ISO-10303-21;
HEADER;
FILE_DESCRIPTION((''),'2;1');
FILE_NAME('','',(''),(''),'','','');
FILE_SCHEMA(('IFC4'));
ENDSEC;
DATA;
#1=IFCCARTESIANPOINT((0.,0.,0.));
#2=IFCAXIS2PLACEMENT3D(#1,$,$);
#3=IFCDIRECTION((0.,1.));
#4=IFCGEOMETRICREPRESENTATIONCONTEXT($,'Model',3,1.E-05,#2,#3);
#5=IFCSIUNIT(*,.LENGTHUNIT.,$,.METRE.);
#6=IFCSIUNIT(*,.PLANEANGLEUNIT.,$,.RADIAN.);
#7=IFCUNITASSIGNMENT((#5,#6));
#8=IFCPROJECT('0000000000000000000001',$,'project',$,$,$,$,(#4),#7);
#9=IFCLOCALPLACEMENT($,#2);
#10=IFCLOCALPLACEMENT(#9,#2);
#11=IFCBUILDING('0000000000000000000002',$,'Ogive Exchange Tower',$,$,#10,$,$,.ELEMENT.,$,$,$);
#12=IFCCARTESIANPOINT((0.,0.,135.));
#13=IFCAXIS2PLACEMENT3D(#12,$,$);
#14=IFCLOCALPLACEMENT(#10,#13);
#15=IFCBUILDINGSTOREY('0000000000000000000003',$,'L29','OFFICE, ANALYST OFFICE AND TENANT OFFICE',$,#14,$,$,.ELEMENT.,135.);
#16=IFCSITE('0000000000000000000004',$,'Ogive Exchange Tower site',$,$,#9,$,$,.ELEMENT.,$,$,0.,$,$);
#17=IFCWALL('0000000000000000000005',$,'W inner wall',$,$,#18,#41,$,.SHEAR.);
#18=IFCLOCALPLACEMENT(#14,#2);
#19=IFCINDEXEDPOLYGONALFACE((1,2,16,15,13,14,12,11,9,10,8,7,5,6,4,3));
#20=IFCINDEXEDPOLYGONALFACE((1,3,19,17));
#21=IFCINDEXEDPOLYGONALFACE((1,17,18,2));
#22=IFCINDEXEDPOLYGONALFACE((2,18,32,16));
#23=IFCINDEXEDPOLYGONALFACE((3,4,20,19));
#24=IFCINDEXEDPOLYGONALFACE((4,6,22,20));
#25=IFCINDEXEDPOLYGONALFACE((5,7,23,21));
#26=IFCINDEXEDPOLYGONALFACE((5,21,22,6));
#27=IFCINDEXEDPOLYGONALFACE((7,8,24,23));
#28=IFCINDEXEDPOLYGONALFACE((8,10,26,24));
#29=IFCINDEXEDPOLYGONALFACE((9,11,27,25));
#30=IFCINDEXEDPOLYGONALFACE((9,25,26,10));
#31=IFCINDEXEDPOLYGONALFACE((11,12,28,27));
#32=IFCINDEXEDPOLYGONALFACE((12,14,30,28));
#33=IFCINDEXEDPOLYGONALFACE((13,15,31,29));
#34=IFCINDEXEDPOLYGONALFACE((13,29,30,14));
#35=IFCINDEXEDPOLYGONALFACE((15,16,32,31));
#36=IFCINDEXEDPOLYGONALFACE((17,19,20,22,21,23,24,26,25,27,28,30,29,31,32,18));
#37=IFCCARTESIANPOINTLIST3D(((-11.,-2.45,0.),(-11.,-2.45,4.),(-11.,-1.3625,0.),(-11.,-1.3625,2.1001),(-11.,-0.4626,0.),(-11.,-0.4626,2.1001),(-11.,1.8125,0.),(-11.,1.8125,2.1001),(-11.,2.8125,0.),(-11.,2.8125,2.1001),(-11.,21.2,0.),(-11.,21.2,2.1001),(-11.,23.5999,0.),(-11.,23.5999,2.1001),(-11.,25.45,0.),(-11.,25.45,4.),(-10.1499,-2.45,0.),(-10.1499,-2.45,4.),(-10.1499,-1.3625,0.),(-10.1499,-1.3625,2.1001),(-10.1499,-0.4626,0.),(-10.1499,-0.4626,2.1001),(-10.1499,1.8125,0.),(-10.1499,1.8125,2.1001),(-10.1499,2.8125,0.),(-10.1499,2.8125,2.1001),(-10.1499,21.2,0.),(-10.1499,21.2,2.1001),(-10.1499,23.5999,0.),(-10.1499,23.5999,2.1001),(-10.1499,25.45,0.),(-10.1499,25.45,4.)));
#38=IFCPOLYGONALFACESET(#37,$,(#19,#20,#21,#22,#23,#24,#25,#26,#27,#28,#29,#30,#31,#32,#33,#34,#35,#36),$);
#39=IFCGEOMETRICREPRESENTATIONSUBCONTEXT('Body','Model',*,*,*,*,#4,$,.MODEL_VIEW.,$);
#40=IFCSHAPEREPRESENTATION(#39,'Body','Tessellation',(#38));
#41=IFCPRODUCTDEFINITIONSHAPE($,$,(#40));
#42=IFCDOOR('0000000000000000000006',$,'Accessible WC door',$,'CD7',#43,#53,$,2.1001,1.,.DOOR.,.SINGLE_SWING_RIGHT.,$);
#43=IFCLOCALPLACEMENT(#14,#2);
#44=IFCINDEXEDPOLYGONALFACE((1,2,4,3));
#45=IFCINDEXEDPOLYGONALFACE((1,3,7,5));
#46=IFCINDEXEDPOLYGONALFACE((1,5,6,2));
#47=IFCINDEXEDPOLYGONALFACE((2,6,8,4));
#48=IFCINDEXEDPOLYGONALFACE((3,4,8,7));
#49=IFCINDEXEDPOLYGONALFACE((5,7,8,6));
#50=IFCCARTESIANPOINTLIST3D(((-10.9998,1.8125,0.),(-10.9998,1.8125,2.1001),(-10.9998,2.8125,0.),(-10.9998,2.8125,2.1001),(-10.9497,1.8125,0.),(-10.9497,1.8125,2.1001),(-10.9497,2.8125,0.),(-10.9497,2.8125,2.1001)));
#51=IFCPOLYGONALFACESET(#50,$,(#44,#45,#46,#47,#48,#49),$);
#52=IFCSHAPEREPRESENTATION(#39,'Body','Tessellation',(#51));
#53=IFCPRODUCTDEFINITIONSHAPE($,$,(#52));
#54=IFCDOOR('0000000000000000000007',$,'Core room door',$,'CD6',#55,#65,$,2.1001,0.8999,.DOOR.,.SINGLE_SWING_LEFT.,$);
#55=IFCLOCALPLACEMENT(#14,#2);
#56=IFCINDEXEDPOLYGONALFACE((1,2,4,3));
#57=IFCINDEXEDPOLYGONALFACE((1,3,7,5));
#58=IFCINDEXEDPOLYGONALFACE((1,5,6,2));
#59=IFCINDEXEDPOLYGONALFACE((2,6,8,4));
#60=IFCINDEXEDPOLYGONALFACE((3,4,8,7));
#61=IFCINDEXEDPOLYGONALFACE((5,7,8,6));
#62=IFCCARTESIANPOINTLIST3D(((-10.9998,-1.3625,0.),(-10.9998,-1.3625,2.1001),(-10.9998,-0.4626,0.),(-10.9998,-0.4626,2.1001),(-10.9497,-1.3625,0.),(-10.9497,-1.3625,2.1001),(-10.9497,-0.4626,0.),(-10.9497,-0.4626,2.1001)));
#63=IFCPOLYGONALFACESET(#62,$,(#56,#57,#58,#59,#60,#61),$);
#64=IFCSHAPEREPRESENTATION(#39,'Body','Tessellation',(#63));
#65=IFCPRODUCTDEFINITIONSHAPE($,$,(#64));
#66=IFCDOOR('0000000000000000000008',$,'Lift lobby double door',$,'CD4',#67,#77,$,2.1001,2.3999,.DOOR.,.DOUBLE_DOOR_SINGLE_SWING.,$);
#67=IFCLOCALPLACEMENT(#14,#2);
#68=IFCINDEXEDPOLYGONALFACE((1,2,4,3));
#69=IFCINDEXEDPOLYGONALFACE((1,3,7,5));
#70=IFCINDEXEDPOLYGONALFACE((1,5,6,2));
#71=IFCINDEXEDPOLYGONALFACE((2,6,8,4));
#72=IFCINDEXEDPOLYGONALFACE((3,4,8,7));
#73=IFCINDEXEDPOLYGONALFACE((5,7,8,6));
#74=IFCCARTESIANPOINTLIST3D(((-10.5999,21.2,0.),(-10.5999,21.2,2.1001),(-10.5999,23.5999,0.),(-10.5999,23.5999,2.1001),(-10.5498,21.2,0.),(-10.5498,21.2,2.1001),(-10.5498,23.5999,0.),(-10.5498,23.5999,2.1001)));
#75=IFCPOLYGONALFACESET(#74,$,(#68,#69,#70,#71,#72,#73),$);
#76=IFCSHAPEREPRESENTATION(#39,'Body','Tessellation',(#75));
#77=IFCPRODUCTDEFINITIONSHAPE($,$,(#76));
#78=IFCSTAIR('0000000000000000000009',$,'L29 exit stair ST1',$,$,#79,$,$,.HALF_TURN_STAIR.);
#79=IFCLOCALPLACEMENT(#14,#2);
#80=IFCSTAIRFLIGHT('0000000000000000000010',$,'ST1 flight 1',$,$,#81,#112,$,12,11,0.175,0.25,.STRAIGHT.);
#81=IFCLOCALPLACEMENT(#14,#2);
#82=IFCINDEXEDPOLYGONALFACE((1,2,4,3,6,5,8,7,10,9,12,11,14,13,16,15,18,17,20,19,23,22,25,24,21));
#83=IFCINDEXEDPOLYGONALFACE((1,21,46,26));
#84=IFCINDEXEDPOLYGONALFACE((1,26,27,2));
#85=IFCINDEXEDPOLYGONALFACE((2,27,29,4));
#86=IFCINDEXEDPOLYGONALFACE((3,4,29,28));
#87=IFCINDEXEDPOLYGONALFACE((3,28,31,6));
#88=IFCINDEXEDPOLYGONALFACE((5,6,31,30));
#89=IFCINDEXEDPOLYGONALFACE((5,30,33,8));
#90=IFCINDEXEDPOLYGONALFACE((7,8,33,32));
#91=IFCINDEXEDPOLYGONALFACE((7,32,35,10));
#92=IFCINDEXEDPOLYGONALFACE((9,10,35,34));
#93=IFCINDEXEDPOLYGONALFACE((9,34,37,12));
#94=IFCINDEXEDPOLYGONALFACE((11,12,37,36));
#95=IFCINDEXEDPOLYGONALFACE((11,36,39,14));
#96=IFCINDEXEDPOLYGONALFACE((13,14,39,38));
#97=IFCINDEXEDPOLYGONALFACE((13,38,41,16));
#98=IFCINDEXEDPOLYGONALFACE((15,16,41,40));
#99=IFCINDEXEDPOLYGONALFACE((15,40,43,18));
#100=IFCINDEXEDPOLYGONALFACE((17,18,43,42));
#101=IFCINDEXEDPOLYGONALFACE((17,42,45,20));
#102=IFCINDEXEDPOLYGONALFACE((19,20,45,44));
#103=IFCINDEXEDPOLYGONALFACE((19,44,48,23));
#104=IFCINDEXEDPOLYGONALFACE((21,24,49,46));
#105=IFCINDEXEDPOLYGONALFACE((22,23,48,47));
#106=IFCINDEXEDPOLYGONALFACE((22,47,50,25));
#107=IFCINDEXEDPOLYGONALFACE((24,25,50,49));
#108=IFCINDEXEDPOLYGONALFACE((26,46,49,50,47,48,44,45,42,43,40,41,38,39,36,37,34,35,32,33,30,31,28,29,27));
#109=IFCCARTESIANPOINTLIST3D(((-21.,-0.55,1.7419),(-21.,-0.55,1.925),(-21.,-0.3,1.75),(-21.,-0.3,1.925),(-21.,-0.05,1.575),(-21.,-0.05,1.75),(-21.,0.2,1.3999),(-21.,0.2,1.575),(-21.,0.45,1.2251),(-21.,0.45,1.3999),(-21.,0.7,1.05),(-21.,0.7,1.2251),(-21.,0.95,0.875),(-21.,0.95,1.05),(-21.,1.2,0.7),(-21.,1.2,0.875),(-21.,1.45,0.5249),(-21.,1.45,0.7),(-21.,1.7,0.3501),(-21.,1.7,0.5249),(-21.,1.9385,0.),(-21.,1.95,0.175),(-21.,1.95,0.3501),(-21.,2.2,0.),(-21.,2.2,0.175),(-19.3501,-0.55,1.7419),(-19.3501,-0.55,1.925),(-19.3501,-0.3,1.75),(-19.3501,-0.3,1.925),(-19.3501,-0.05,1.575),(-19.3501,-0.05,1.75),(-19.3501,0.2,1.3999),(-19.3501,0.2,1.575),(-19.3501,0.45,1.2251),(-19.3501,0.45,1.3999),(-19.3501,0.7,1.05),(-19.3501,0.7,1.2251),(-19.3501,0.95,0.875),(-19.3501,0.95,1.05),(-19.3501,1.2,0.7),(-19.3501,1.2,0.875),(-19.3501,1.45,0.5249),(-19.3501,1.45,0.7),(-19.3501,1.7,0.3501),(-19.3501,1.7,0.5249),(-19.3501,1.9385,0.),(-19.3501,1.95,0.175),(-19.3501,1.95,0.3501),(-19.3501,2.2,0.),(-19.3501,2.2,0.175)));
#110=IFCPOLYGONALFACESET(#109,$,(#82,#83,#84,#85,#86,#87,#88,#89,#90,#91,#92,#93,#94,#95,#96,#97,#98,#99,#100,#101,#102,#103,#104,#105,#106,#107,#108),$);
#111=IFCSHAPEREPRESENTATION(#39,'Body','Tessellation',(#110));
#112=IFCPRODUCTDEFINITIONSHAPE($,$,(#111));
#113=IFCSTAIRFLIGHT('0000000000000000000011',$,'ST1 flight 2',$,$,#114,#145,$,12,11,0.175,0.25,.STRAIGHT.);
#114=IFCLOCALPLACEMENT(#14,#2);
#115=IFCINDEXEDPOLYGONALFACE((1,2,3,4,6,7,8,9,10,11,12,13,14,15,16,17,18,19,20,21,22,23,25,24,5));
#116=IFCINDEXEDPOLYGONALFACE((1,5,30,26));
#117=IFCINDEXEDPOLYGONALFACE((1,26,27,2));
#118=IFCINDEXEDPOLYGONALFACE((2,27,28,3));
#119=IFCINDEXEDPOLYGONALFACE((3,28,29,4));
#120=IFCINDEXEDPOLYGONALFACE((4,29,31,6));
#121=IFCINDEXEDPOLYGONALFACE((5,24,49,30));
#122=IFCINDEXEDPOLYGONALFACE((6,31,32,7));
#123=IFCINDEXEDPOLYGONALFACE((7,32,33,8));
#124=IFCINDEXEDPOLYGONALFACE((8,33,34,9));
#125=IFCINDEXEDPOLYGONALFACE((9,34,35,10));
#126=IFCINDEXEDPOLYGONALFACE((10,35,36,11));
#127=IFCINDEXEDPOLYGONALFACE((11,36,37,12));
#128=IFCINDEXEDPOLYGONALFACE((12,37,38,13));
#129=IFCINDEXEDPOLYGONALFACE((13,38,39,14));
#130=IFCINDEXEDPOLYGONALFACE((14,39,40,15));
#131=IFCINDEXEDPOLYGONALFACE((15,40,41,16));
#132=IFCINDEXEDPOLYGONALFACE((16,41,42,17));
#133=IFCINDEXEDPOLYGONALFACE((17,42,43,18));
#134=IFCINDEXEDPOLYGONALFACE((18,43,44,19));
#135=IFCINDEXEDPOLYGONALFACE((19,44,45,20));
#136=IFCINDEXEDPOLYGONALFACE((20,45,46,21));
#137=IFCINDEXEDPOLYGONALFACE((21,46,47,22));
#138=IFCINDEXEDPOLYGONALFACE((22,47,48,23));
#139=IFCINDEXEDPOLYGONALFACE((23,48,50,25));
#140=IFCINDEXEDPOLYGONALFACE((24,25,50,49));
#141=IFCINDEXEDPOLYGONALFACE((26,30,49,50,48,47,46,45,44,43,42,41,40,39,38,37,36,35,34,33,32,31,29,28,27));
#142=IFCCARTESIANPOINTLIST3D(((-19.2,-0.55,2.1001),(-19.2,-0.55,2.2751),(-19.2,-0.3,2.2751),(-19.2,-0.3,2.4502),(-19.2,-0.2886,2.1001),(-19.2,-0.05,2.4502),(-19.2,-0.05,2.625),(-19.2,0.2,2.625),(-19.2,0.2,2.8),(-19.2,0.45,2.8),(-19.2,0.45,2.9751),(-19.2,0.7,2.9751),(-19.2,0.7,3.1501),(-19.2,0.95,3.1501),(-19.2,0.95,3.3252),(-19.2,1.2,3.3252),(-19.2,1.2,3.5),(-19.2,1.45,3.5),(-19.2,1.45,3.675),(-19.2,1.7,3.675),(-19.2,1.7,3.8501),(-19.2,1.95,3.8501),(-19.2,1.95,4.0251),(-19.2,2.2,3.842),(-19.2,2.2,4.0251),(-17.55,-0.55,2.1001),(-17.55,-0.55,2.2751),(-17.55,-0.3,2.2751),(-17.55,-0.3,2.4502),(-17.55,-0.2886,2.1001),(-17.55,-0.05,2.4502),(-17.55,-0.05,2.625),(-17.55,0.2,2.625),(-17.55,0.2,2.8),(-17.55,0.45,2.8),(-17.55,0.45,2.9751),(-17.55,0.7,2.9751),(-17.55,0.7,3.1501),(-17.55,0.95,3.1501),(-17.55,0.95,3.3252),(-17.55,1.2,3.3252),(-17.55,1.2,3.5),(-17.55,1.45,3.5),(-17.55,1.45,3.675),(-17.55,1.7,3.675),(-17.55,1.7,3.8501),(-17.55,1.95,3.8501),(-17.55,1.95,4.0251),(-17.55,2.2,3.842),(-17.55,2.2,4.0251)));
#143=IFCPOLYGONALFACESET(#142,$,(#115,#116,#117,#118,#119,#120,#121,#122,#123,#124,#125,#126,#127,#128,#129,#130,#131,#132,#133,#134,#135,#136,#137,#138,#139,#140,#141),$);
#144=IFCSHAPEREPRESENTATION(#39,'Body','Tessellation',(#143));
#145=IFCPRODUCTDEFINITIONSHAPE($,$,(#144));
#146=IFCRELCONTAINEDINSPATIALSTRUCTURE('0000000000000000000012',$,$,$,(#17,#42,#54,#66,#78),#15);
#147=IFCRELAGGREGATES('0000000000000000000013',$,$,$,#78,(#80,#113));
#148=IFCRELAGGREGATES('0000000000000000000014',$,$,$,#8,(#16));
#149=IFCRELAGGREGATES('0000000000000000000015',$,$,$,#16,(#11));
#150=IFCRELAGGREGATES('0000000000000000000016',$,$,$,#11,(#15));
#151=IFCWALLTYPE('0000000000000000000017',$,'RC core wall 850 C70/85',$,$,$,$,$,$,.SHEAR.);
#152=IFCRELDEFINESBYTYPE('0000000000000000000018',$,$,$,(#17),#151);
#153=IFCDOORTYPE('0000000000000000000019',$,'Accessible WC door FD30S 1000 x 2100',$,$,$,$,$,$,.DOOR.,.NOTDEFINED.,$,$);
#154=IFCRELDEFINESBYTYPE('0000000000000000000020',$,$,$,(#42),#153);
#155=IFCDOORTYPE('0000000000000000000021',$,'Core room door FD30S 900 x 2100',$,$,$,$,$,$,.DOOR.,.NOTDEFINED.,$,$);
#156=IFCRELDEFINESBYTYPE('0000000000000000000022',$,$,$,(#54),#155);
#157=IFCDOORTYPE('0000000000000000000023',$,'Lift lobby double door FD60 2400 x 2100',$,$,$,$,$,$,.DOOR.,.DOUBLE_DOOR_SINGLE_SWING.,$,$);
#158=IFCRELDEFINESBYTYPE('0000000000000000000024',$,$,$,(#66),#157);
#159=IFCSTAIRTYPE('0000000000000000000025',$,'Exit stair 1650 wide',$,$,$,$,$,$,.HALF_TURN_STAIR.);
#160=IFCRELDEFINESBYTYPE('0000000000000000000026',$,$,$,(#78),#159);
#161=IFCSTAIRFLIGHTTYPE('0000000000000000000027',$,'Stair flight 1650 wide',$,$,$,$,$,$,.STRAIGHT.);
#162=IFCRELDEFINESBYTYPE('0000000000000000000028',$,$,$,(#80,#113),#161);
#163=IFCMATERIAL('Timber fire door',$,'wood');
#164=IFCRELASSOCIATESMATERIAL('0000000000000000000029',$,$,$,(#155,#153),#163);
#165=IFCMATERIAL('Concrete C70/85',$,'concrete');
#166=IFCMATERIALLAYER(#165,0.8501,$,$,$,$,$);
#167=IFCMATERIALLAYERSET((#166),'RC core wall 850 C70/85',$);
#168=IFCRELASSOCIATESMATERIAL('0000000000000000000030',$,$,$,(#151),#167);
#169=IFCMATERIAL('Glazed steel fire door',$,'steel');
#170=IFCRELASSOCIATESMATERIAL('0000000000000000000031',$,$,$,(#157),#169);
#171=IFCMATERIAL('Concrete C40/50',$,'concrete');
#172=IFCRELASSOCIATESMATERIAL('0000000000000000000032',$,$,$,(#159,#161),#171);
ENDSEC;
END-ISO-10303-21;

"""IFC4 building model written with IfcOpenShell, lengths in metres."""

from ifc_helpers import new_model, si_unit, direction, frame, frame_2d, origin, place, context, subcontext, project, spatial, polyline, rectangle, outline, extrude, material, layer, layer_set, type_object, element, fill, aggregate, save


model = new_model("IFC4")

# Units and contexts
model_context = context("Model", 3, precision=1e-05, world=origin(), true_north=direction((0.0, 1.0)))
body_context = subcontext(model_context, "Body", "Model", "MODEL_VIEW")
ifc_project = project(units=[si_unit("LENGTHUNIT", "METRE"), si_unit("PLANEANGLEUNIT", "RADIAN")], contexts=[model_context])

# Site, building, storey
site_placement = place(None, origin())
site = spatial("IfcSite", under=ifc_project, at=site_placement, Name="Ogive Exchange Tower site", CompositionType="ELEMENT", RefElevation=0.0)
building_placement = place(site_placement, origin())
building = spatial("IfcBuilding", under=site, at=building_placement, Name="Ogive Exchange Tower", CompositionType="ELEMENT")
storey_placement = place(building_placement, frame((0.0, 0.0, 135.0)))
storey = spatial("IfcBuildingStorey", under=building, at=storey_placement, Name="L29", Description="OFFICE, ANALYST OFFICE AND TENANT OFFICE", CompositionType="ELEMENT", Elevation=135.0)

# Shared definitions
ifc_material_1 = material(Name="Concrete C70/85", Category="concrete")

# Shared definitions
ifc_material_2 = material(Name="Timber fire door", Category="wood")
door_type_1 = type_object("IfcDoorType", Name="Core room door FD30S 900 x 2100", OperationType="NOTDEFINED", PredefinedType="DOOR", material=ifc_material_2)

# Wall, openings, doors
ifc_layer_1 = layer(ifc_material_1, 0.8501)
ifc_layer_set_1 = layer_set([ifc_layer_1], Name="RC core wall 850 C70/85")
wall_type_1 = type_object("IfcWallType", Name="RC core wall 850 C70/85", PredefinedType="SHEAR", material=ifc_layer_set_1)
wall_1_placement = place(storey_placement, frame((-10.575, -2.45, 0.0), z_axis=(0.0, 0.0, 1.0), x_axis=(0.0, 1.0, 0.0)))
wall_1 = element("IfcWall", 1, at=wall_1_placement, inside=storey, type_object=wall_type_1, Name="W inner wall", PredefinedType="SHEAR", context=body_context, shape_type="SweptSolid", body=[
    extrude(rectangle(XDim=27.8999, YDim=0.8501, at=frame_2d((13.95, 0.0))), origin(), (0.0, 0.0, 1.0), 4.0),
])
opening_1_placement = place(wall_1_placement, frame((23.6499, 0.0, 0.0)))
opening_1 = element("IfcOpeningElement", 2, at=opening_1_placement, cuts=wall_1, PredefinedType="OPENING", context=body_context, shape_type="SweptSolid", body=[
    extrude(rectangle(XDim=2.3999, YDim=2.1001, at=frame_2d((1.2, 1.05))), frame((0.0, 0.4351, 0.0), z_axis=(0.0, -1.0, 0.0), x_axis=(1.0, 0.0, 0.0)), (0.0, 0.0, 1.0), 0.8701),
])
opening_2_placement = place(wall_1_placement, frame((1.0874, 0.0, 0.0)))
opening_2 = element("IfcOpeningElement", 3, at=opening_2_placement, cuts=wall_1, PredefinedType="OPENING", context=body_context, shape_type="SweptSolid", body=[
    extrude(rectangle(XDim=0.8999, YDim=2.1001, at=frame_2d((0.45, 1.05))), frame((0.0, 0.4351, 0.0), z_axis=(0.0, -1.0, 0.0), x_axis=(1.0, 0.0, 0.0)), (0.0, 0.0, 1.0), 0.8701),
])
opening_3_placement = place(wall_1_placement, frame((4.2625, 0.0, 0.0)))
opening_3 = element("IfcOpeningElement", 4, at=opening_3_placement, cuts=wall_1, PredefinedType="OPENING", context=body_context, shape_type="SweptSolid", body=[
    extrude(rectangle(XDim=1.0, YDim=2.1001, at=frame_2d((0.5, 1.05))), frame((0.0, 0.4351, 0.0), z_axis=(0.0, -1.0, 0.0), x_axis=(1.0, 0.0, 0.0)), (0.0, 0.0, 1.0), 0.8701),
])
door_type_2 = type_object("IfcDoorType", Name="Accessible WC door FD30S 1000 x 2100", OperationType="NOTDEFINED", PredefinedType="DOOR", material=ifc_material_2)
door_1_placement = place(opening_3_placement, origin())
door_1 = element("IfcDoor", 5, at=door_1_placement, inside=storey, type_object=door_type_2, Name="Accessible WC door", ObjectType="CD7", OperationType="SINGLE_SWING_RIGHT", OverallHeight=2.1001, OverallWidth=1.0, PredefinedType="DOOR", context=body_context, shape_type="SweptSolid", body=[
    extrude(rectangle(XDim=1.0, YDim=2.1001, at=frame_2d((0.5, 1.05))), frame((0.0, 0.4248, 0.0), z_axis=(0.0, -1.0, 0.0), x_axis=(1.0, 0.0, 0.0)), (0.0, 0.0, 1.0), 0.05),
])
fill(opening_3, door_1)
door_2_placement = place(opening_2_placement, origin())
door_2 = element("IfcDoor", 6, at=door_2_placement, inside=storey, type_object=door_type_1, Name="Core room door", ObjectType="CD6", OperationType="SINGLE_SWING_LEFT", OverallHeight=2.1001, OverallWidth=0.8999, PredefinedType="DOOR", context=body_context, shape_type="SweptSolid", body=[
    extrude(rectangle(XDim=0.8999, YDim=2.1001, at=frame_2d((0.45, 1.05))), frame((0.0, 0.4248, 0.0), z_axis=(0.0, -1.0, 0.0), x_axis=(1.0, 0.0, 0.0)), (0.0, 0.0, 1.0), 0.05),
])
fill(opening_2, door_2)
ifc_material_3 = material(Name="Glazed steel fire door", Category="steel")
door_type_3 = type_object("IfcDoorType", Name="Lift lobby double door FD60 2400 x 2100", OperationType="DOUBLE_DOOR_SINGLE_SWING", PredefinedType="DOOR", material=ifc_material_3)
door_3_placement = place(opening_1_placement, origin())
door_3 = element("IfcDoor", 7, at=door_3_placement, inside=storey, type_object=door_type_3, Name="Lift lobby double door", ObjectType="CD4", OperationType="DOUBLE_DOOR_SINGLE_SWING", OverallHeight=2.1001, OverallWidth=2.3999, PredefinedType="DOOR", context=body_context, shape_type="SweptSolid", body=[
    extrude(rectangle(XDim=2.3999, YDim=2.1001, at=frame_2d((1.2, 1.05))), frame((0.0, 0.0249, 0.0), z_axis=(0.0, -1.0, 0.0), x_axis=(1.0, 0.0, 0.0)), (0.0, 0.0, 1.0), 0.05),
])
fill(opening_1, door_3)

# Stair, stair flights
ifc_material_4 = material(Name="Concrete C40/50", Category="concrete")
stair_type = type_object("IfcStairType", Name="Exit stair 1650 wide", PredefinedType="HALF_TURN_STAIR", material=ifc_material_4)
stair_placement = place(storey_placement, origin())
stair = element("IfcStair", 8, at=stair_placement, inside=storey, type_object=stair_type, Name="L29 exit stair ST1", PredefinedType="HALF_TURN_STAIR")
stair_flight_type = type_object("IfcStairFlightType", Name="Stair flight 1650 wide", PredefinedType="STRAIGHT", material=ifc_material_4)
stair_flight_1_placement = place(storey_placement, frame((-20.175, 2.2, 0.0), z_axis=(0.0, 0.0, 1.0), x_axis=(0.0, -1.0, 0.0)))
stair_flight_1 = element("IfcStairFlight", 9, at=stair_flight_1_placement, type_object=stair_flight_type, Name="ST1 flight 1", NumberOfRisers=12, NumberOfTreads=11, PredefinedType="STRAIGHT", RiserHeight=0.175, TreadLength=0.25, context=body_context, shape_type="SweptSolid", body=[
    extrude(outline(polyline([(0.0, 0.0), (0.0, 0.175), (0.25, 0.175), (0.25, 0.3501), (0.5, 0.3501), (0.5, 0.5249), (0.75, 0.5249), (0.75, 0.7), (1.0, 0.7), (1.0, 0.875), (1.25, 0.875), (1.25, 1.05), (1.5, 1.05), (1.5, 1.2251), (1.75, 1.2251), (1.75, 1.3999), (2.0, 1.3999), (2.0, 1.575), (2.25, 1.575), (2.25, 1.75), (2.5, 1.75), (2.5, 1.925), (2.75, 1.925), (2.75, 2.1001), (2.75, 1.7419), (0.2615, 0.0), (0.0, 0.0)])), frame((0.0, 0.825, 0.0), z_axis=(0.0, -1.0, 0.0), x_axis=(1.0, 0.0, 0.0)), (0.0, 0.0, 1.0), 1.6499),
])
stair_flight_2_placement = place(storey_placement, frame((-18.375, -0.55, 2.1001), z_axis=(0.0, 0.0, 1.0), x_axis=(0.0, 1.0, 0.0)))
stair_flight_2 = element("IfcStairFlight", 10, at=stair_flight_2_placement, type_object=stair_flight_type, Name="ST1 flight 2", NumberOfRisers=12, NumberOfTreads=11, PredefinedType="STRAIGHT", RiserHeight=0.175, TreadLength=0.25, context=body_context, shape_type="SweptSolid", body=[
    extrude(outline(polyline([(0.0, 0.0), (0.0, 0.175), (0.25, 0.175), (0.25, 0.3501), (0.5, 0.3501), (0.5, 0.5249), (0.75, 0.5249), (0.75, 0.7), (1.0, 0.7), (1.0, 0.875), (1.25, 0.875), (1.25, 1.05), (1.5, 1.05), (1.5, 1.2251), (1.75, 1.2251), (1.75, 1.3999), (2.0, 1.3999), (2.0, 1.575), (2.25, 1.575), (2.25, 1.75), (2.5, 1.75), (2.5, 1.925), (2.75, 1.925), (2.75, 2.1001), (2.75, 1.7419), (0.2615, 0.0), (0.0, 0.0)])), frame((0.0, 0.825, 0.0), z_axis=(0.0, -1.0, 0.0), x_axis=(1.0, 0.0, 0.0)), (0.0, 0.0, 1.0), 1.6499),
])
aggregate(stair, [stair_flight_1, stair_flight_2])

save(model, "model.ifc")
